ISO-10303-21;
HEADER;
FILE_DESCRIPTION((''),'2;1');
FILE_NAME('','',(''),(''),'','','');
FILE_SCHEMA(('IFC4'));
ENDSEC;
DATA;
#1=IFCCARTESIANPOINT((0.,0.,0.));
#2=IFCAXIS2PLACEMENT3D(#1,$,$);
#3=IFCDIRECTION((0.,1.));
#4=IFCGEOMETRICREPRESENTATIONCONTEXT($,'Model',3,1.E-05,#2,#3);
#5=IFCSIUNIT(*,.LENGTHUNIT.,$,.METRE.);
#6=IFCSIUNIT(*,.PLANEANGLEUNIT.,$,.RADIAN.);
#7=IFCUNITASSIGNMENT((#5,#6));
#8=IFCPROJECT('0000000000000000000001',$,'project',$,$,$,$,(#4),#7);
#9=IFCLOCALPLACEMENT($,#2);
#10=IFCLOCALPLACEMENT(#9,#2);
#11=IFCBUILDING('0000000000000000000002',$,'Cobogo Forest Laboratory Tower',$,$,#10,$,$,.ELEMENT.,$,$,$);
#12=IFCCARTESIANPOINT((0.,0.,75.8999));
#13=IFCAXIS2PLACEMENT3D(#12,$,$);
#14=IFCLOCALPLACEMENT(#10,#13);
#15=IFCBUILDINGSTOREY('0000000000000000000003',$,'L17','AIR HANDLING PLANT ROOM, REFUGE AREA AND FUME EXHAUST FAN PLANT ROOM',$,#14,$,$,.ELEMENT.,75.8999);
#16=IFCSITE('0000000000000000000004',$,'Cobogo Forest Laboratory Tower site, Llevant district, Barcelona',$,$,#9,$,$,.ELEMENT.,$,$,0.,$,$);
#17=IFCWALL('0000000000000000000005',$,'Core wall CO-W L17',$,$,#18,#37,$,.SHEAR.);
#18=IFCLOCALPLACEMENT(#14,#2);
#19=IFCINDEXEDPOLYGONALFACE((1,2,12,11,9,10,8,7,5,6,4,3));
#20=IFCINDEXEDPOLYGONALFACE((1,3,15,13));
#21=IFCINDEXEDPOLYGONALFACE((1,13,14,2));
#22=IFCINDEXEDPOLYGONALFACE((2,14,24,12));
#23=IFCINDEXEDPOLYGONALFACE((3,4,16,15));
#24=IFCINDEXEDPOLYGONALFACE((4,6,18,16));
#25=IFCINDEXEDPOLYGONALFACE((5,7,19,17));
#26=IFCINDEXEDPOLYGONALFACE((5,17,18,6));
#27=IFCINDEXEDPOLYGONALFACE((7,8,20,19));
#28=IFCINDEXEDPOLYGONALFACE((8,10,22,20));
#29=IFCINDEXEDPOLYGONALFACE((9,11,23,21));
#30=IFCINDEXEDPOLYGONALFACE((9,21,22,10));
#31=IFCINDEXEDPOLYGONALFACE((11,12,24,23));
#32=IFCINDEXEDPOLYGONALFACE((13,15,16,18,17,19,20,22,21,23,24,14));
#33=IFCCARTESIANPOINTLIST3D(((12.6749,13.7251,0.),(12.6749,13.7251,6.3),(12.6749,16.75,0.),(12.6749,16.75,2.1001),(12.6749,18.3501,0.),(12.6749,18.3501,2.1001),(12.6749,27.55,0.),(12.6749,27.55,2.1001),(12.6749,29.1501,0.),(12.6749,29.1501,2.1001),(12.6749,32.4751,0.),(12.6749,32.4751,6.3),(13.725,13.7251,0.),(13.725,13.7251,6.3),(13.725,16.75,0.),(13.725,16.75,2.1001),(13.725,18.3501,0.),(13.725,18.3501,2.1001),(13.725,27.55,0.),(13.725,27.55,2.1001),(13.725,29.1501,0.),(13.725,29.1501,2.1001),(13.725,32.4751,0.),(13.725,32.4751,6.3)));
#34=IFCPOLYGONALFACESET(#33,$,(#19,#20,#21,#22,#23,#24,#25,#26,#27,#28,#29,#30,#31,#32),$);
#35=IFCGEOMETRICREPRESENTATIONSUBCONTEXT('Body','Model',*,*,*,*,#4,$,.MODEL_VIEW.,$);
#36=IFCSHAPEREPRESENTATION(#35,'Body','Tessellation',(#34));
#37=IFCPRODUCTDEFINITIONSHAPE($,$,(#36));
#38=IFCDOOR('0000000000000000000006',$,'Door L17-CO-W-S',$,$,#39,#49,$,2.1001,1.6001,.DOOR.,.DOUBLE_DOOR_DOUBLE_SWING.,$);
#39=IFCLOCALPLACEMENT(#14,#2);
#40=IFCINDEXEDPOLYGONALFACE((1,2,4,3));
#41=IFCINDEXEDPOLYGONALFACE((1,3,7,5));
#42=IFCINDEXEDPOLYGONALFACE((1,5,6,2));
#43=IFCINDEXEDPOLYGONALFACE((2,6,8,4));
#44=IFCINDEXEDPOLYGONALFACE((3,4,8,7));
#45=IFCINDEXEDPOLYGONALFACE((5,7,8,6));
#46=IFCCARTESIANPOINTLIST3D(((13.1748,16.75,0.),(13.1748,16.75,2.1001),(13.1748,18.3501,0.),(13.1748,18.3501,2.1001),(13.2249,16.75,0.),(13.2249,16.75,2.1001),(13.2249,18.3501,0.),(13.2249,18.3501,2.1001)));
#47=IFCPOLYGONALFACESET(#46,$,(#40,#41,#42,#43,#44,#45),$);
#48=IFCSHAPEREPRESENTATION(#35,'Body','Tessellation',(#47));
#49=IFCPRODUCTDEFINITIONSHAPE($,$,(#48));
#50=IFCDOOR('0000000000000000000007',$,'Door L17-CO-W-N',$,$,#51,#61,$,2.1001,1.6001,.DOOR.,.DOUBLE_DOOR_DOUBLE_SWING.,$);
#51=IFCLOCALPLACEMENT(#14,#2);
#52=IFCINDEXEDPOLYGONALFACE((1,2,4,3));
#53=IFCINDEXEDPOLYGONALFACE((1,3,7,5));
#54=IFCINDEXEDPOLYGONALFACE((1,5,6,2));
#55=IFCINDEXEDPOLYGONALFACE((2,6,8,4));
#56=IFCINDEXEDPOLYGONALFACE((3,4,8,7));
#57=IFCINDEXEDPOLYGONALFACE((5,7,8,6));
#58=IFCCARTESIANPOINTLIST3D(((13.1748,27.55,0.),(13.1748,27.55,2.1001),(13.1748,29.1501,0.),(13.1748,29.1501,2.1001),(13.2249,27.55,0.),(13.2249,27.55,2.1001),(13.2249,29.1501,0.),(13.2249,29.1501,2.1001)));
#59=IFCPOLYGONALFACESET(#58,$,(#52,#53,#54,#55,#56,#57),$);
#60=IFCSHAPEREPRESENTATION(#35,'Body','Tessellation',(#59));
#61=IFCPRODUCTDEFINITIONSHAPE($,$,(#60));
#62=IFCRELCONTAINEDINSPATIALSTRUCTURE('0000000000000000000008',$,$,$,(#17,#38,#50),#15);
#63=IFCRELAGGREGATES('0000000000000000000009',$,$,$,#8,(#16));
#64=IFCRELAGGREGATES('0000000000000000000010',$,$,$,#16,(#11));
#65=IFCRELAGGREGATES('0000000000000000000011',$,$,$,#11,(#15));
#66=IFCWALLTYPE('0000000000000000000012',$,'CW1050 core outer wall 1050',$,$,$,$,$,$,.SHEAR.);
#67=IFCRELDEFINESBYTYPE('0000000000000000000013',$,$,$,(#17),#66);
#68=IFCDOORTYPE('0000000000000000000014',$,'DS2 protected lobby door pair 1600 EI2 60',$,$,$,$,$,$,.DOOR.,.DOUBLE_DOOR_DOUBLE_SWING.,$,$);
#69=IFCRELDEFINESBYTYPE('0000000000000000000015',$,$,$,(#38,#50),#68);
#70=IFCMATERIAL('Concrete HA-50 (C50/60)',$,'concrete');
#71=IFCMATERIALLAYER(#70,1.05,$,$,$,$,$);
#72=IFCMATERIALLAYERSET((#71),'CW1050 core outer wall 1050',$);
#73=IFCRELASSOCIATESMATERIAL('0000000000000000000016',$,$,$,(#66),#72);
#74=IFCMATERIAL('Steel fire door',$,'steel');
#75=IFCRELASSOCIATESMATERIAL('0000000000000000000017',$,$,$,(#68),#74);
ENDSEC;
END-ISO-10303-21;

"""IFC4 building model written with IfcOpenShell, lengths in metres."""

from ifc_helpers import new_model, si_unit, direction, frame, frame_2d, origin, place, context, subcontext, project, spatial, rectangle, extrude, material, layer, layer_set, type_object, element, fill, save


model = new_model("IFC4")

# Units and contexts
model_context = context("Model", 3, precision=1e-05, world=origin(), true_north=direction((0.0, 1.0)))
body_context = subcontext(model_context, "Body", "Model", "MODEL_VIEW")
ifc_project = project(units=[si_unit("LENGTHUNIT", "METRE"), si_unit("PLANEANGLEUNIT", "RADIAN")], contexts=[model_context])

# Site, building, storey
site_placement = place(None, origin())
site = spatial("IfcSite", under=ifc_project, at=site_placement, Name="Cobogo Forest Laboratory Tower site, Llevant district, Barcelona", CompositionType="ELEMENT", RefElevation=0.0)
building_placement = place(site_placement, origin())
building = spatial("IfcBuilding", under=site, at=building_placement, Name="Cobogo Forest Laboratory Tower", CompositionType="ELEMENT")
storey_placement = place(building_placement, frame((0.0, 0.0, 75.8999)))
storey = spatial("IfcBuildingStorey", under=building, at=storey_placement, Name="L17", Description="AIR HANDLING PLANT ROOM, REFUGE AREA AND FUME EXHAUST FAN PLANT ROOM", CompositionType="ELEMENT", Elevation=75.8999)

# Shared definitions
ifc_material_1 = material(Name="Concrete HA-50 (C50/60)", Category="concrete")

# Shared definitions
ifc_material_2 = material(Name="Steel fire door", Category="steel")

# Wall, openings, doors
ifc_layer_1 = layer(ifc_material_1, 1.05)
ifc_layer_set_1 = layer_set([ifc_layer_1], Name="CW1050 core outer wall 1050")
wall_type_1 = type_object("IfcWallType", Name="CW1050 core outer wall 1050", PredefinedType="SHEAR", material=ifc_layer_set_1)
wall_1_placement = place(storey_placement, frame((13.2, 32.4751, 0.0), z_axis=(0.0, 0.0, 1.0), x_axis=(0.0, -1.0, 0.0)))
wall_1 = element("IfcWall", 1, at=wall_1_placement, inside=storey, type_object=wall_type_1, Name="Core wall CO-W L17", PredefinedType="SHEAR", context=body_context, shape_type="SweptSolid", body=[
    extrude(rectangle(XDim=18.75, YDim=1.05, at=frame_2d((9.375, 0.0))), origin(), (0.0, 0.0, 1.0), 6.3),
])
opening_1_placement = place(wall_1_placement, frame((14.125, 0.0, 0.0)))
opening_1 = element("IfcOpeningElement", 2, at=opening_1_placement, cuts=wall_1, PredefinedType="OPENING", context=body_context, shape_type="SweptSolid", body=[
    extrude(rectangle(XDim=1.6001, YDim=2.1001, at=frame_2d((0.8, 1.05))), frame((0.0, 0.5349, 0.0), z_axis=(0.0, -1.0, 0.0), x_axis=(1.0, 0.0, 0.0)), (0.0, 0.0, 1.0), 1.0701),
])
opening_2_placement = place(wall_1_placement, frame((3.325, 0.0, 0.0)))
opening_2 = element("IfcOpeningElement", 3, at=opening_2_placement, cuts=wall_1, PredefinedType="OPENING", context=body_context, shape_type="SweptSolid", body=[
    extrude(rectangle(XDim=1.6001, YDim=2.1001, at=frame_2d((0.8, 1.05))), frame((0.0, 0.5349, 0.0), z_axis=(0.0, -1.0, 0.0), x_axis=(1.0, 0.0, 0.0)), (0.0, 0.0, 1.0), 1.0701),
])
door_type_1 = type_object("IfcDoorType", Name="DS2 protected lobby door pair 1600 EI2 60", OperationType="DOUBLE_DOOR_DOUBLE_SWING", PredefinedType="DOOR", material=ifc_material_2)
door_1_placement = place(opening_1_placement, origin())
door_1 = element("IfcDoor", 4, at=door_1_placement, inside=storey, type_object=door_type_1, Name="Door L17-CO-W-S", OperationType="DOUBLE_DOOR_DOUBLE_SWING", OverallHeight=2.1001, OverallWidth=1.6001, PredefinedType="DOOR", context=body_context, shape_type="SweptSolid", body=[
    extrude(rectangle(XDim=1.6001, YDim=2.1001, at=frame_2d((0.8, 1.05))), frame((0.0, 0.0249, 0.0), z_axis=(0.0, -1.0, 0.0), x_axis=(1.0, 0.0, 0.0)), (0.0, 0.0, 1.0), 0.05),
])
fill(opening_1, door_1)
door_2_placement = place(opening_2_placement, origin())
door_2 = element("IfcDoor", 5, at=door_2_placement, inside=storey, type_object=door_type_1, Name="Door L17-CO-W-N", OperationType="DOUBLE_DOOR_DOUBLE_SWING", OverallHeight=2.1001, OverallWidth=1.6001, PredefinedType="DOOR", context=body_context, shape_type="SweptSolid", body=[
    extrude(rectangle(XDim=1.6001, YDim=2.1001, at=frame_2d((0.8, 1.05))), frame((0.0, 0.0249, 0.0), z_axis=(0.0, -1.0, 0.0), x_axis=(1.0, 0.0, 0.0)), (0.0, 0.0, 1.0), 0.05),
])
fill(opening_2, door_2)

save(model, "model.ifc")
